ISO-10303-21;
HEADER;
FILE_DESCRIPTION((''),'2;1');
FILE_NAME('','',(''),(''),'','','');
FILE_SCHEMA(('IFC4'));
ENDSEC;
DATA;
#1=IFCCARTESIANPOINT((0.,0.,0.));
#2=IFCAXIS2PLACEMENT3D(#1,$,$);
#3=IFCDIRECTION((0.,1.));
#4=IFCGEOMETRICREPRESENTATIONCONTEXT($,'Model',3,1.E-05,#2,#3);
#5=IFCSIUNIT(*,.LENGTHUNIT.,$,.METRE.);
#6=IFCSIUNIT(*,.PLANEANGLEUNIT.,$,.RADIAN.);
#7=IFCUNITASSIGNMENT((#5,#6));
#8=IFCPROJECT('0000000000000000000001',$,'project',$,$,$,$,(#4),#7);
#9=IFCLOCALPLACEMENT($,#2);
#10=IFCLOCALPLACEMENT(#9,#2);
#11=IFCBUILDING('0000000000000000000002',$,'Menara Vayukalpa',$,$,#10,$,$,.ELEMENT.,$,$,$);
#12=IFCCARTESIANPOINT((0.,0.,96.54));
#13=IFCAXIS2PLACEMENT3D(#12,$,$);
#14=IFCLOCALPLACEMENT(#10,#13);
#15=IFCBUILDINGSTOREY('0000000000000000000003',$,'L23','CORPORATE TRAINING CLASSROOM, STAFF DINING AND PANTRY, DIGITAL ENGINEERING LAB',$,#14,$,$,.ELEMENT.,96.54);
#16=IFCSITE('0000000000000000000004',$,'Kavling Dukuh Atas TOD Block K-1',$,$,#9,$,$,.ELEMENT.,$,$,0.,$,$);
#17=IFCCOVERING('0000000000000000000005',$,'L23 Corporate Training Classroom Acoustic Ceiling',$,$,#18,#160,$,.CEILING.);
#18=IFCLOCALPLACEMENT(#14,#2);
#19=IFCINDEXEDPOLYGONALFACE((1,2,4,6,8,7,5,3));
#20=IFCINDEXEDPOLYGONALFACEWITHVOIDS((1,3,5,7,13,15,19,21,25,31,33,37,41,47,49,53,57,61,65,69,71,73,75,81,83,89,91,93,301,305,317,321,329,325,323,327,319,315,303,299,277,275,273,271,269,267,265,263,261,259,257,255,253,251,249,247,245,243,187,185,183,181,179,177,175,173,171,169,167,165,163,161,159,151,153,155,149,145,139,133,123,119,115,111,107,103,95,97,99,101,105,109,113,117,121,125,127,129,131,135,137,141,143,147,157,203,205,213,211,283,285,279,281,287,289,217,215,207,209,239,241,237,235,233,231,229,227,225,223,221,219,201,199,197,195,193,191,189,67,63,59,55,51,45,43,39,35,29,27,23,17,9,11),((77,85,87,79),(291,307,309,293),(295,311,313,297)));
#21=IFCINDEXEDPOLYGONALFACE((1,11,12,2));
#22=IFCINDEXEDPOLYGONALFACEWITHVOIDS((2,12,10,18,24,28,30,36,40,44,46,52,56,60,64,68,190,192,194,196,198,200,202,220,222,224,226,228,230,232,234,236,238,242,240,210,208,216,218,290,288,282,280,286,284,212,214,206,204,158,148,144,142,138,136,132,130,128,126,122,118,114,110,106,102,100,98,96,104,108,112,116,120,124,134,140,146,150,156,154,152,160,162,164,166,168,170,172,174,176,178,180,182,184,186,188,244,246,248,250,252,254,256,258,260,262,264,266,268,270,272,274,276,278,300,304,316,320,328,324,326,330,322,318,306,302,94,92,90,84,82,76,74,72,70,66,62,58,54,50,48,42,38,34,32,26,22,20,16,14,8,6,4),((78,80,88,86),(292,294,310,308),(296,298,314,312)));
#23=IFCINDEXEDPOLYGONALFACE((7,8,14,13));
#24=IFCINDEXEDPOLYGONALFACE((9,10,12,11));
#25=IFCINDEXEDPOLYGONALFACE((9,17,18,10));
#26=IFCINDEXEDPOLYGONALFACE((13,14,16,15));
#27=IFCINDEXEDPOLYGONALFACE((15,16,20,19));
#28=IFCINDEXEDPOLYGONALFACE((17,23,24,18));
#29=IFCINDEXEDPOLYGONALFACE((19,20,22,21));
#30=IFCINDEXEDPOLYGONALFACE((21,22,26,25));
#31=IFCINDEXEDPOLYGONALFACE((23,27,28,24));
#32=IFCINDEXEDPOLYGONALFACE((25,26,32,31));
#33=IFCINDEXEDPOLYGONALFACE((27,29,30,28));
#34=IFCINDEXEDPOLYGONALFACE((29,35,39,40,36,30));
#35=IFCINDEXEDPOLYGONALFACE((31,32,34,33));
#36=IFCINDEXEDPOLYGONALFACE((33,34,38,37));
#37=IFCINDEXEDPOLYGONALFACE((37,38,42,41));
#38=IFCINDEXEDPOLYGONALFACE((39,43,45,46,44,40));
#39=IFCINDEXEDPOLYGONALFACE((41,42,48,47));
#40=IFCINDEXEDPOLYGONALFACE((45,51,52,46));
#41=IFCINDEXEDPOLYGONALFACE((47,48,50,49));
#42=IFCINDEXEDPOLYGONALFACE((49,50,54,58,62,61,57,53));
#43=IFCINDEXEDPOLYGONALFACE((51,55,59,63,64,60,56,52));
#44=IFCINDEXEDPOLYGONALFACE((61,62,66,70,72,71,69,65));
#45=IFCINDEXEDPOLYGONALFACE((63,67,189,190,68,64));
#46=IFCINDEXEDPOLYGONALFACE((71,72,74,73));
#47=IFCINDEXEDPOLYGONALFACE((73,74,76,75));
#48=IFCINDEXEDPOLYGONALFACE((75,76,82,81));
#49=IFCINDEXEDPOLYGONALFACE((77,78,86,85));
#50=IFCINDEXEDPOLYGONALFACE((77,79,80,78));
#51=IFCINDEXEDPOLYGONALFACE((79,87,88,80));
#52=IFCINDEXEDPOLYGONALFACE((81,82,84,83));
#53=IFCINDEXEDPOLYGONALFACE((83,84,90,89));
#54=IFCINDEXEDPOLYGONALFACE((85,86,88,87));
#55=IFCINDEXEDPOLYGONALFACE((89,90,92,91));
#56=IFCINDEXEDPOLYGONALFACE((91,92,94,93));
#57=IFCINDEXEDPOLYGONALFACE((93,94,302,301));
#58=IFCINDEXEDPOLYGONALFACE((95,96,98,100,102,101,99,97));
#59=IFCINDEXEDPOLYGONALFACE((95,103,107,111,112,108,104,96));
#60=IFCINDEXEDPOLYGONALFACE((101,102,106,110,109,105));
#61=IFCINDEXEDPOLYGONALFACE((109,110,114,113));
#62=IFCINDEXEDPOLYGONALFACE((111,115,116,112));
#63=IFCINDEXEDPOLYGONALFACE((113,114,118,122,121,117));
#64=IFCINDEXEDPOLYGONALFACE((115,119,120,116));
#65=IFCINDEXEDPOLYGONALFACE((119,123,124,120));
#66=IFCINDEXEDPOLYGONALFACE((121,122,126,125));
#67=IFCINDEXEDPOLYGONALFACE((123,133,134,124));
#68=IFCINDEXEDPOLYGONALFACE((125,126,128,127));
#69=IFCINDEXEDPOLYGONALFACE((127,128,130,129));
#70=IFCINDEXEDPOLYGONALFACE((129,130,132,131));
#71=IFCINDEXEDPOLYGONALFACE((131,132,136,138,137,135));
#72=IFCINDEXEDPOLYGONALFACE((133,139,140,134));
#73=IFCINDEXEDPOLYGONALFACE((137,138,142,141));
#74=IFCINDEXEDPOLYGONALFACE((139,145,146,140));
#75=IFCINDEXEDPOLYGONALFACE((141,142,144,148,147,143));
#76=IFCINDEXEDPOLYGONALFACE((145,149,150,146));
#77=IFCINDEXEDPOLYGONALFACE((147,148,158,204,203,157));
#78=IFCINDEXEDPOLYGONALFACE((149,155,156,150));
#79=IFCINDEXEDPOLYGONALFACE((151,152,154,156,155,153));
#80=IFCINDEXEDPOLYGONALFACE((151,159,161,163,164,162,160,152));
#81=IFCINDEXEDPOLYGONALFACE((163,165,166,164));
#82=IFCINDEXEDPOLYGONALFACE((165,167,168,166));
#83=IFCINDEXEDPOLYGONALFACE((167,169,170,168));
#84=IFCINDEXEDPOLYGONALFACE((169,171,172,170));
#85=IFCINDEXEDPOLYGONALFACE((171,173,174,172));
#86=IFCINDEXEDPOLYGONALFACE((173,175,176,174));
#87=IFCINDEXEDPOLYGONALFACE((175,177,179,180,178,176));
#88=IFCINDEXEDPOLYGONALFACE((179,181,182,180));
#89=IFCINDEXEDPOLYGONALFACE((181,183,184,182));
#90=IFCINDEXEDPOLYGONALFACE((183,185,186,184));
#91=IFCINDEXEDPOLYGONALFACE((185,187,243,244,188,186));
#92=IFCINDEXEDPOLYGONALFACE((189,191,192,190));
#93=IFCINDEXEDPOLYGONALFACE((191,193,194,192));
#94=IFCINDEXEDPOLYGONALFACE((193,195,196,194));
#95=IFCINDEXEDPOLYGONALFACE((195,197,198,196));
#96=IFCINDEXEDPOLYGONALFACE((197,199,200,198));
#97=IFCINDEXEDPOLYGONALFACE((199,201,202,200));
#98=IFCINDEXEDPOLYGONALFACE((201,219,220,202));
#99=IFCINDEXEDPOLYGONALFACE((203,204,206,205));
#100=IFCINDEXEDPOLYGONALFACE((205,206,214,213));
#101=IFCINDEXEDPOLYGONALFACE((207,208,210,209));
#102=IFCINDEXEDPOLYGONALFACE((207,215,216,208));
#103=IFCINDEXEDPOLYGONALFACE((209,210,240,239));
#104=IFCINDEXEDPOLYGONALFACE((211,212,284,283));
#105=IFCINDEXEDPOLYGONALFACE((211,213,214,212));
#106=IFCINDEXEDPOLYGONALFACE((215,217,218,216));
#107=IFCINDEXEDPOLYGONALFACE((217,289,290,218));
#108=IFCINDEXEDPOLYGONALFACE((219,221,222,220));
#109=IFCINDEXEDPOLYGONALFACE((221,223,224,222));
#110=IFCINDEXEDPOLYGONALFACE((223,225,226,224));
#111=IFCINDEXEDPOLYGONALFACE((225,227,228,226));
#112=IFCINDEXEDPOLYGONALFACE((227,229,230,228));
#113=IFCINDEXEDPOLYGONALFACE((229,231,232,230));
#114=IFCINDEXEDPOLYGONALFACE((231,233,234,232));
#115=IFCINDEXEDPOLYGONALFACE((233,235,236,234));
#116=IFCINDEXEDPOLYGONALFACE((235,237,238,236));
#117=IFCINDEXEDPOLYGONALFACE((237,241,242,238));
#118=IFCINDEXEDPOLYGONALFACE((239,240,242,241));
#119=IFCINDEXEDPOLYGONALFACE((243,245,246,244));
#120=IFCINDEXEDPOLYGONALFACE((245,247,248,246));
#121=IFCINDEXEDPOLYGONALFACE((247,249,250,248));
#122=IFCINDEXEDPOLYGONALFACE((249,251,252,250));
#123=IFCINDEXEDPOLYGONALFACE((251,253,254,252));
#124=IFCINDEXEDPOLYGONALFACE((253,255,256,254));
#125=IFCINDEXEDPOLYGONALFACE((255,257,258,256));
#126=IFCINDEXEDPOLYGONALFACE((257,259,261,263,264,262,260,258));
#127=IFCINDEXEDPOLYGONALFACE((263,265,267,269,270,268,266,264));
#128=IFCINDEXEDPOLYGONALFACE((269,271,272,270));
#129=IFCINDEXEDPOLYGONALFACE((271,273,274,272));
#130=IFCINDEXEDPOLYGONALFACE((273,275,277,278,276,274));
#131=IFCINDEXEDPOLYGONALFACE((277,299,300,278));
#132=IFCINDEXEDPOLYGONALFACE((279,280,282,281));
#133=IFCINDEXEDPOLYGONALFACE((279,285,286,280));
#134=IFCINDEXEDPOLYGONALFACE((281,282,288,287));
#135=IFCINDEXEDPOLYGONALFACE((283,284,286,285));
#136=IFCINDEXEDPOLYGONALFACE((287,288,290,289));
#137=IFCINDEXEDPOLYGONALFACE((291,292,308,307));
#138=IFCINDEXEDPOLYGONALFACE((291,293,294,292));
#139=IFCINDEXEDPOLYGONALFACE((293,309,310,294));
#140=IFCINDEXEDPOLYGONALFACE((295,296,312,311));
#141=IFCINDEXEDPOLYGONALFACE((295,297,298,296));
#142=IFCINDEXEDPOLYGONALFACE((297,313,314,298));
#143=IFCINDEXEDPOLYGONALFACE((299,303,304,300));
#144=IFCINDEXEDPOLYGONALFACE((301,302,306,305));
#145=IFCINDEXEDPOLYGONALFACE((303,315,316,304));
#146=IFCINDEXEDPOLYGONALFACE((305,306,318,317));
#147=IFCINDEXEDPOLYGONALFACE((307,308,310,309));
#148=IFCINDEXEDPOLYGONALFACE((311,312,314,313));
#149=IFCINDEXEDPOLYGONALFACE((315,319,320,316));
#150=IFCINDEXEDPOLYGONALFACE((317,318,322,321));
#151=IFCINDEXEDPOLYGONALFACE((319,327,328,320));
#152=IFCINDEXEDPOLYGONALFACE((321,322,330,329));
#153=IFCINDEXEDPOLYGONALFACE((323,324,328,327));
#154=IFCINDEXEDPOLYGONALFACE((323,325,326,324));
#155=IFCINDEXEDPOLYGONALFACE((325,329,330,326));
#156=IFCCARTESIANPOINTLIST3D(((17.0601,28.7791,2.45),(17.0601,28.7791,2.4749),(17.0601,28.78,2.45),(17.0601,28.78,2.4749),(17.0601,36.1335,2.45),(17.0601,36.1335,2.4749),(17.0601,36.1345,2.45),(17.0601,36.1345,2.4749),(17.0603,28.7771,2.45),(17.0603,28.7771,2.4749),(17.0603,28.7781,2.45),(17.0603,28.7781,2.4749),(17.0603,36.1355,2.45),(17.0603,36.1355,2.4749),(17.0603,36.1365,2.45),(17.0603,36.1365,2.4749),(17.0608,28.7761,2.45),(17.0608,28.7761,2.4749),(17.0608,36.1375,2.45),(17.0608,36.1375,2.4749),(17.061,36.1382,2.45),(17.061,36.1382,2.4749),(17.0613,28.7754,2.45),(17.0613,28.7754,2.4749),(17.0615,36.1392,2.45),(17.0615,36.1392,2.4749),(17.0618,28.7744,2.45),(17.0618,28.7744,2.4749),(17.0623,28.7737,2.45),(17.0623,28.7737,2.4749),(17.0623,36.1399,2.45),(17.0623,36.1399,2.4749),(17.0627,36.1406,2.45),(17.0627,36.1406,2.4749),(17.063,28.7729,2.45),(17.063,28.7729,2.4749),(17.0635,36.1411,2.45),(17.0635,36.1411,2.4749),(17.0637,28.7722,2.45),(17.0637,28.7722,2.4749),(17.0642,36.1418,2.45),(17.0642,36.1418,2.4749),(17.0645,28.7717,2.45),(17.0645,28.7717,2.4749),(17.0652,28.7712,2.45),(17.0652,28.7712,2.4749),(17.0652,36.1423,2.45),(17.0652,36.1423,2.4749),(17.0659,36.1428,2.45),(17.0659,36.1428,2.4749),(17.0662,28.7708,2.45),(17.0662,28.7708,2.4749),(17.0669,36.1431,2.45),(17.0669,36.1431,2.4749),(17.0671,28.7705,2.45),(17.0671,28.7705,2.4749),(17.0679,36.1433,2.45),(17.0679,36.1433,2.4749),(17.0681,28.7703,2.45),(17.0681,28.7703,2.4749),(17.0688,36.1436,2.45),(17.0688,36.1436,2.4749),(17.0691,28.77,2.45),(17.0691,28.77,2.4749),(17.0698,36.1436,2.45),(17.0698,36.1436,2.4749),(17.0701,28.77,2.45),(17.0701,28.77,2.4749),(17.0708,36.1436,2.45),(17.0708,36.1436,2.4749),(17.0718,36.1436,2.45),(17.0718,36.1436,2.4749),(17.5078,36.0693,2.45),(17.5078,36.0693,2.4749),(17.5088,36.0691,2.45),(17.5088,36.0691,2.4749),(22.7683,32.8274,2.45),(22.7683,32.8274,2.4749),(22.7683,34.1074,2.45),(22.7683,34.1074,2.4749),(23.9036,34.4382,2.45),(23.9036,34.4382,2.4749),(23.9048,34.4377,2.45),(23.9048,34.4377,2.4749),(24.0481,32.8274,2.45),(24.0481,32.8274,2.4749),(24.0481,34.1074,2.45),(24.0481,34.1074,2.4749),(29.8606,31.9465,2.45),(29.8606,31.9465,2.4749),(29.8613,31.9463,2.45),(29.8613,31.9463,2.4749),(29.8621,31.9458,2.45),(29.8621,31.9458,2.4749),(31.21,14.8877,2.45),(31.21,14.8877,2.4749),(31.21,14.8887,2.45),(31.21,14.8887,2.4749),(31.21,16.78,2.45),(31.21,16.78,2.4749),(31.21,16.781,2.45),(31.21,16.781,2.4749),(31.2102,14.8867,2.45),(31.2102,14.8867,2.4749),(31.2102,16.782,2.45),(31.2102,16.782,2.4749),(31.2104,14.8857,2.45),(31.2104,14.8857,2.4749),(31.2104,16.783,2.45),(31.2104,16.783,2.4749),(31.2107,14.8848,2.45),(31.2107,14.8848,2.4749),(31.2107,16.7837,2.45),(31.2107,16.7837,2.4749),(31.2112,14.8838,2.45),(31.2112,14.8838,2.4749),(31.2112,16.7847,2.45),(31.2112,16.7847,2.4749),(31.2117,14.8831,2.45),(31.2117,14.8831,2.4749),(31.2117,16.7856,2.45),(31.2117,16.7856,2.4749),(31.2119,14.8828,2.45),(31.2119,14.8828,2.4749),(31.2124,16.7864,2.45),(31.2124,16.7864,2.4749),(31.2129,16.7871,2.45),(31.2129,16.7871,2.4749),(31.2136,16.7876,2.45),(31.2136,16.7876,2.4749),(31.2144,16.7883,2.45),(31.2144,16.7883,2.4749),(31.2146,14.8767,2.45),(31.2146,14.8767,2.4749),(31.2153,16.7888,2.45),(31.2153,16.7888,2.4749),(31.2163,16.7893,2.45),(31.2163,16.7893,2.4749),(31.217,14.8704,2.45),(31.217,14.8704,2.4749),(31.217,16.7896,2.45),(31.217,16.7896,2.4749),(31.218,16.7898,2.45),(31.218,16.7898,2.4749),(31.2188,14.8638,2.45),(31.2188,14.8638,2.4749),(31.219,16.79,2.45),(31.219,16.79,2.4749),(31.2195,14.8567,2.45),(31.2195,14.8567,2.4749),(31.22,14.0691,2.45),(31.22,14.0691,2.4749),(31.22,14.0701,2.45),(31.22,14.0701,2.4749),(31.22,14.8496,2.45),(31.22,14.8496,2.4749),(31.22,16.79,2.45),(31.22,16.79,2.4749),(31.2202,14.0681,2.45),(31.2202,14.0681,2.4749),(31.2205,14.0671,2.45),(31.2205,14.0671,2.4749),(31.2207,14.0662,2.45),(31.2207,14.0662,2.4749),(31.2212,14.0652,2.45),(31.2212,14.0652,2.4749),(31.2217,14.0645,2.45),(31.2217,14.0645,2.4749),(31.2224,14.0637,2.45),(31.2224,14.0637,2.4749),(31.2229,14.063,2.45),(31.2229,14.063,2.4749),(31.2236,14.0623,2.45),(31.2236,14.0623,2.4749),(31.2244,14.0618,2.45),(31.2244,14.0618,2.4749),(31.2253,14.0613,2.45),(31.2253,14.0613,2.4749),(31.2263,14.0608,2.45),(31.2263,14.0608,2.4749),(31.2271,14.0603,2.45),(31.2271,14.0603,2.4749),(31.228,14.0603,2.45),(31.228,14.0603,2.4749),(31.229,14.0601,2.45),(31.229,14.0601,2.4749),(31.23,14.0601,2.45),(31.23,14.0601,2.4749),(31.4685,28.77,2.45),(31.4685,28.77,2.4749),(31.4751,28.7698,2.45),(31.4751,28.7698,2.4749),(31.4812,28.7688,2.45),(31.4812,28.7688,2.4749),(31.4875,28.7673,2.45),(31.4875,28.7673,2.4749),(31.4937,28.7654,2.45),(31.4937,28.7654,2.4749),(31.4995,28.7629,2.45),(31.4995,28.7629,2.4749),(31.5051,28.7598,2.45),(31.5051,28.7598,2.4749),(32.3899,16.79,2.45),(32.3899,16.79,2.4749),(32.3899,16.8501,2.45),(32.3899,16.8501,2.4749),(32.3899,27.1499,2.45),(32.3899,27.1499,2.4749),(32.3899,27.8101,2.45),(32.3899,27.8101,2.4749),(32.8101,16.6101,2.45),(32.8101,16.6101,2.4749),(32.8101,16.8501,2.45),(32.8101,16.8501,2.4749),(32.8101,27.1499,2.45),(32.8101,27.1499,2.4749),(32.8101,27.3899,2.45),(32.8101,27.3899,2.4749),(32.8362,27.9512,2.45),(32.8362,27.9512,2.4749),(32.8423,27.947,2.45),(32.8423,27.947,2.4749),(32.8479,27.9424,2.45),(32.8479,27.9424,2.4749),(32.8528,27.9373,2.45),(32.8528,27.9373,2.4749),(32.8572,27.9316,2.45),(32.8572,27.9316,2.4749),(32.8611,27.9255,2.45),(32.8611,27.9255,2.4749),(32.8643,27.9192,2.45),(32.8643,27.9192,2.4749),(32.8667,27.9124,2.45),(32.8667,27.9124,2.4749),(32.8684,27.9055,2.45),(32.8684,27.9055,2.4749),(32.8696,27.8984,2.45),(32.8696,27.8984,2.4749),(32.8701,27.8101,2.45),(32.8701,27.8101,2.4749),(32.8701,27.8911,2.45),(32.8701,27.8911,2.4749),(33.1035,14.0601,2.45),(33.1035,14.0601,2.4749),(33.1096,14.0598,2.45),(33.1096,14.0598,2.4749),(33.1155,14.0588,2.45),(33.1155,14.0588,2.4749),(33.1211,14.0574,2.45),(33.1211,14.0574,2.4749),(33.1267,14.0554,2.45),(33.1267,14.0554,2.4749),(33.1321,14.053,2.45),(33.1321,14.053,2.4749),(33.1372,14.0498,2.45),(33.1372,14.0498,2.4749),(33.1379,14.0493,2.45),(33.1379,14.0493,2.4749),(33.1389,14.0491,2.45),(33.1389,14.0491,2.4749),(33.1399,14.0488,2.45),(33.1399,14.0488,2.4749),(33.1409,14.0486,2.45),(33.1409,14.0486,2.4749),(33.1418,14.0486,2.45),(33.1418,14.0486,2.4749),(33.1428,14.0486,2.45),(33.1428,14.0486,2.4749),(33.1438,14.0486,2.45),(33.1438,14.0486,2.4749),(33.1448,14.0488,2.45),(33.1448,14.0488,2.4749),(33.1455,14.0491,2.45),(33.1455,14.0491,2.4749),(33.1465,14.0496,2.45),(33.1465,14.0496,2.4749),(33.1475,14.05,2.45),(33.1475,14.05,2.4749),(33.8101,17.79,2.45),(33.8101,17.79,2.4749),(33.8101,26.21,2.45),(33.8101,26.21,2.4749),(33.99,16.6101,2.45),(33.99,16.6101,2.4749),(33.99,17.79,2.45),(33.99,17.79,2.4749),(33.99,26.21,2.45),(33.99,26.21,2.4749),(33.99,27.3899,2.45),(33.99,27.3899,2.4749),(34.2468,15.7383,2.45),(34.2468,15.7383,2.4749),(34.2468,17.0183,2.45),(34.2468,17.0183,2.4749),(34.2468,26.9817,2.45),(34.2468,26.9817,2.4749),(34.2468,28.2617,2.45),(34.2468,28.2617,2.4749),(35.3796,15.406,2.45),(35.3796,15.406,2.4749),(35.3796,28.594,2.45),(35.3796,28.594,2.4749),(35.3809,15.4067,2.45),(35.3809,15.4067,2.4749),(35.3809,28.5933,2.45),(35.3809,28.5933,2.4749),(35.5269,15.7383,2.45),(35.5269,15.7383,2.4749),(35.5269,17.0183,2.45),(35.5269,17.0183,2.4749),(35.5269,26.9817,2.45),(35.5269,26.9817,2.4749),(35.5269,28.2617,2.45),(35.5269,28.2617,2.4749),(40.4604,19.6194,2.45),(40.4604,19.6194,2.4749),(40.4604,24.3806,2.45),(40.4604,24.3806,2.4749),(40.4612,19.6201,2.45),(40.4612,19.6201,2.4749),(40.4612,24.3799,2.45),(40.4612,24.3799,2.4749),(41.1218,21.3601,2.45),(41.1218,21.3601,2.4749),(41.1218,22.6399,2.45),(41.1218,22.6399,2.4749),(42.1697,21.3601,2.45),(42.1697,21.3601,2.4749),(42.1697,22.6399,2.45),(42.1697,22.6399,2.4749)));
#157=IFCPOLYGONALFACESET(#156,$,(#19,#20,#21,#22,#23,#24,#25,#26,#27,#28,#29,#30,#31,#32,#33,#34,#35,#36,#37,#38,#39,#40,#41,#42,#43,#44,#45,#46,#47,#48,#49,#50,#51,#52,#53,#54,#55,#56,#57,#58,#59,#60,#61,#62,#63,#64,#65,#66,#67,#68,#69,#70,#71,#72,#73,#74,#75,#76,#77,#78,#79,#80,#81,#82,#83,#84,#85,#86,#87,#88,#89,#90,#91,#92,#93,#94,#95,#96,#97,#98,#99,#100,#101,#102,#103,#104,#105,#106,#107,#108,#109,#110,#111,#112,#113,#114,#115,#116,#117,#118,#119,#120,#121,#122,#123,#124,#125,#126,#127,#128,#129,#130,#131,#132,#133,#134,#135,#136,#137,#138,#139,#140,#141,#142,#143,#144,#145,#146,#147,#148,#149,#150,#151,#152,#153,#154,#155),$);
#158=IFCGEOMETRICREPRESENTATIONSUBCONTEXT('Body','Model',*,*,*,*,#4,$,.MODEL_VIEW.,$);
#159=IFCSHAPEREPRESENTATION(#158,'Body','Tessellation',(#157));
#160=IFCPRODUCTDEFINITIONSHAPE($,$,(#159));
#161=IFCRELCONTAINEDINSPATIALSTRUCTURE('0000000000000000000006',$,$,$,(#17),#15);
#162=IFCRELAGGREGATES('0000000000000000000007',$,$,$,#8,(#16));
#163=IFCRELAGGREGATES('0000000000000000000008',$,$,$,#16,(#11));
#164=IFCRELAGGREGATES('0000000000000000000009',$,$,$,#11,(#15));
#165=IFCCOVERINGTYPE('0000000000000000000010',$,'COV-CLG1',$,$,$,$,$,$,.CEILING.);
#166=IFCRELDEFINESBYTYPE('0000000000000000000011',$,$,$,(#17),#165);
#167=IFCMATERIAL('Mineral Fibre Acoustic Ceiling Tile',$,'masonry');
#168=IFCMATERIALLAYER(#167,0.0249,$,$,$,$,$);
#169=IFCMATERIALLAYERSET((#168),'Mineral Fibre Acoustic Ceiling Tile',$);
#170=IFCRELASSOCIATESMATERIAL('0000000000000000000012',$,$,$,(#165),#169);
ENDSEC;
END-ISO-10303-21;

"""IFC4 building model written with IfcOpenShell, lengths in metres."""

from ifc_helpers import new_model, si_unit, direction, frame, origin, place, context, subcontext, project, spatial, polyline, outline, extrude, material, layer, layer_set, type_object, element, save


model = new_model("IFC4")

# Units and contexts
model_context = context("Model", 3, precision=1e-05, world=origin(), true_north=direction((0.0, 1.0)))
body_context = subcontext(model_context, "Body", "Model", "MODEL_VIEW")
ifc_project = project(units=[si_unit("LENGTHUNIT", "METRE"), si_unit("PLANEANGLEUNIT", "RADIAN")], contexts=[model_context])

# Site, building, storey
site_placement = place(None, origin())
site = spatial("IfcSite", under=ifc_project, at=site_placement, Name="Kavling Dukuh Atas TOD Block K-1", CompositionType="ELEMENT", RefElevation=0.0)
building_placement = place(site_placement, origin())
building = spatial("IfcBuilding", under=site, at=building_placement, Name="Menara Vayukalpa", CompositionType="ELEMENT")
storey_placement = place(building_placement, frame((0.0, 0.0, 96.54)))
storey = spatial("IfcBuildingStorey", under=building, at=storey_placement, Name="L23", Description="CORPORATE TRAINING CLASSROOM, STAFF DINING AND PANTRY, DIGITAL ENGINEERING LAB", CompositionType="ELEMENT", Elevation=96.54)

# Covering
ifc_material_1 = material(Name="Mineral Fibre Acoustic Ceiling Tile", Category="masonry")
ifc_layer_1 = layer(ifc_material_1, 0.0249)
ifc_layer_set_1 = layer_set([ifc_layer_1], Name="Mineral Fibre Acoustic Ceiling Tile")
covering_type_1 = type_object("IfcCoveringType", Name="COV-CLG1", PredefinedType="CEILING", material=ifc_layer_set_1)
covering_1_placement = place(storey_placement, frame((0.0, 0.0, 2.45)))
element("IfcCovering", 1, at=covering_1_placement, inside=storey, type_object=covering_type_1, Name="L23 Corporate Training Classroom Acoustic Ceiling", PredefinedType="CEILING", context=body_context, shape_type="SweptSolid", body=[
    extrude(outline(polyline([(32.8101, 16.8501), (32.8101, 16.6101), (33.99, 16.6101), (33.99, 17.79), (33.8101, 17.79), (33.8101, 26.21), (33.99, 26.21), (33.99, 27.3899), (32.8101, 27.3899), (32.8101, 27.1499), (32.3899, 27.1499), (32.3899, 27.8101), (32.8701, 27.8101), (32.8701, 27.8911), (32.8696, 27.8984), (32.8684, 27.9055), (32.8667, 27.9124), (32.8643, 27.9192), (32.8611, 27.9255), (32.8572, 27.9316), (32.8528, 27.9373), (32.8479, 27.9424), (32.8423, 27.947), (32.8362, 27.9512), (31.5051, 28.7598), (31.4995, 28.7629), (31.4937, 28.7654), (31.4875, 28.7673), (31.4812, 28.7688), (31.4751, 28.7698), (31.4685, 28.77), (17.0701, 28.77), (17.0691, 28.77), (17.0681, 28.7703), (17.0671, 28.7705), (17.0662, 28.7708), (17.0652, 28.7712), (17.0645, 28.7717), (17.0637, 28.7722), (17.063, 28.7729), (17.0623, 28.7737), (17.0618, 28.7744), (17.0613, 28.7754), (17.0608, 28.7761), (17.0603, 28.7771), (17.0603, 28.7781), (17.0601, 28.7791), (17.0601, 28.78), (17.0601, 36.1335), (17.0601, 36.1345), (17.0603, 36.1355), (17.0603, 36.1365), (17.0608, 36.1375), (17.061, 36.1382), (17.0615, 36.1392), (17.0623, 36.1399), (17.0627, 36.1406), (17.0635, 36.1411), (17.0642, 36.1418), (17.0652, 36.1423), (17.0659, 36.1428), (17.0669, 36.1431), (17.0679, 36.1433), (17.0688, 36.1436), (17.0698, 36.1436), (17.0708, 36.1436), (17.0718, 36.1436), (17.5078, 36.0693), (17.5088, 36.0691), (23.9036, 34.4382), (23.9048, 34.4377), (29.8606, 31.9465), (29.8613, 31.9463), (29.8621, 31.9458), (35.3796, 28.594), (35.3809, 28.5933), (40.4604, 24.3806), (40.4612, 24.3799), (42.1697, 22.6399), (41.1218, 22.6399), (41.1218, 21.3601), (42.1697, 21.3601), (40.4612, 19.6201), (40.4604, 19.6194), (35.3809, 15.4067), (35.3796, 15.406), (33.1475, 14.05), (33.1465, 14.0496), (33.1455, 14.0491), (33.1448, 14.0488), (33.1438, 14.0486), (33.1428, 14.0486), (33.1418, 14.0486), (33.1409, 14.0486), (33.1399, 14.0488), (33.1389, 14.0491), (33.1379, 14.0493), (33.1372, 14.0498), (33.1321, 14.053), (33.1267, 14.0554), (33.1211, 14.0574), (33.1155, 14.0588), (33.1096, 14.0598), (33.1035, 14.0601), (31.23, 14.0601), (31.229, 14.0601), (31.228, 14.0603), (31.2271, 14.0603), (31.2263, 14.0608), (31.2253, 14.0613), (31.2244, 14.0618), (31.2236, 14.0623), (31.2229, 14.063), (31.2224, 14.0637), (31.2217, 14.0645), (31.2212, 14.0652), (31.2207, 14.0662), (31.2205, 14.0671), (31.2202, 14.0681), (31.22, 14.0691), (31.22, 14.0701), (31.22, 14.8496), (31.2195, 14.8567), (31.2188, 14.8638), (31.217, 14.8704), (31.2146, 14.8767), (31.2119, 14.8828), (31.2117, 14.8831), (31.2112, 14.8838), (31.2107, 14.8848), (31.2104, 14.8857), (31.2102, 14.8867), (31.21, 14.8877), (31.21, 14.8887), (31.21, 16.78), (31.21, 16.781), (31.2102, 16.782), (31.2104, 16.783), (31.2107, 16.7837), (31.2112, 16.7847), (31.2117, 16.7856), (31.2124, 16.7864), (31.2129, 16.7871), (31.2136, 16.7876), (31.2144, 16.7883), (31.2153, 16.7888), (31.2163, 16.7893), (31.217, 16.7896), (31.218, 16.7898), (31.219, 16.79), (31.22, 16.79), (32.3899, 16.79), (32.3899, 16.8501), (32.8101, 16.8501)]), holes=[polyline([(35.5269, 17.0183), (34.2468, 17.0183), (34.2468, 15.7383), (35.5269, 15.7383), (35.5269, 17.0183)]), polyline([(35.5269, 26.9817), (35.5269, 28.2617), (34.2468, 28.2617), (34.2468, 26.9817), (35.5269, 26.9817)]), polyline([(24.0481, 32.8274), (24.0481, 34.1074), (22.7683, 34.1074), (22.7683, 32.8274), (24.0481, 32.8274)])]), origin(), (0.0, 0.0, 1.0), 0.0249),
])

save(model, "model.ifc")
